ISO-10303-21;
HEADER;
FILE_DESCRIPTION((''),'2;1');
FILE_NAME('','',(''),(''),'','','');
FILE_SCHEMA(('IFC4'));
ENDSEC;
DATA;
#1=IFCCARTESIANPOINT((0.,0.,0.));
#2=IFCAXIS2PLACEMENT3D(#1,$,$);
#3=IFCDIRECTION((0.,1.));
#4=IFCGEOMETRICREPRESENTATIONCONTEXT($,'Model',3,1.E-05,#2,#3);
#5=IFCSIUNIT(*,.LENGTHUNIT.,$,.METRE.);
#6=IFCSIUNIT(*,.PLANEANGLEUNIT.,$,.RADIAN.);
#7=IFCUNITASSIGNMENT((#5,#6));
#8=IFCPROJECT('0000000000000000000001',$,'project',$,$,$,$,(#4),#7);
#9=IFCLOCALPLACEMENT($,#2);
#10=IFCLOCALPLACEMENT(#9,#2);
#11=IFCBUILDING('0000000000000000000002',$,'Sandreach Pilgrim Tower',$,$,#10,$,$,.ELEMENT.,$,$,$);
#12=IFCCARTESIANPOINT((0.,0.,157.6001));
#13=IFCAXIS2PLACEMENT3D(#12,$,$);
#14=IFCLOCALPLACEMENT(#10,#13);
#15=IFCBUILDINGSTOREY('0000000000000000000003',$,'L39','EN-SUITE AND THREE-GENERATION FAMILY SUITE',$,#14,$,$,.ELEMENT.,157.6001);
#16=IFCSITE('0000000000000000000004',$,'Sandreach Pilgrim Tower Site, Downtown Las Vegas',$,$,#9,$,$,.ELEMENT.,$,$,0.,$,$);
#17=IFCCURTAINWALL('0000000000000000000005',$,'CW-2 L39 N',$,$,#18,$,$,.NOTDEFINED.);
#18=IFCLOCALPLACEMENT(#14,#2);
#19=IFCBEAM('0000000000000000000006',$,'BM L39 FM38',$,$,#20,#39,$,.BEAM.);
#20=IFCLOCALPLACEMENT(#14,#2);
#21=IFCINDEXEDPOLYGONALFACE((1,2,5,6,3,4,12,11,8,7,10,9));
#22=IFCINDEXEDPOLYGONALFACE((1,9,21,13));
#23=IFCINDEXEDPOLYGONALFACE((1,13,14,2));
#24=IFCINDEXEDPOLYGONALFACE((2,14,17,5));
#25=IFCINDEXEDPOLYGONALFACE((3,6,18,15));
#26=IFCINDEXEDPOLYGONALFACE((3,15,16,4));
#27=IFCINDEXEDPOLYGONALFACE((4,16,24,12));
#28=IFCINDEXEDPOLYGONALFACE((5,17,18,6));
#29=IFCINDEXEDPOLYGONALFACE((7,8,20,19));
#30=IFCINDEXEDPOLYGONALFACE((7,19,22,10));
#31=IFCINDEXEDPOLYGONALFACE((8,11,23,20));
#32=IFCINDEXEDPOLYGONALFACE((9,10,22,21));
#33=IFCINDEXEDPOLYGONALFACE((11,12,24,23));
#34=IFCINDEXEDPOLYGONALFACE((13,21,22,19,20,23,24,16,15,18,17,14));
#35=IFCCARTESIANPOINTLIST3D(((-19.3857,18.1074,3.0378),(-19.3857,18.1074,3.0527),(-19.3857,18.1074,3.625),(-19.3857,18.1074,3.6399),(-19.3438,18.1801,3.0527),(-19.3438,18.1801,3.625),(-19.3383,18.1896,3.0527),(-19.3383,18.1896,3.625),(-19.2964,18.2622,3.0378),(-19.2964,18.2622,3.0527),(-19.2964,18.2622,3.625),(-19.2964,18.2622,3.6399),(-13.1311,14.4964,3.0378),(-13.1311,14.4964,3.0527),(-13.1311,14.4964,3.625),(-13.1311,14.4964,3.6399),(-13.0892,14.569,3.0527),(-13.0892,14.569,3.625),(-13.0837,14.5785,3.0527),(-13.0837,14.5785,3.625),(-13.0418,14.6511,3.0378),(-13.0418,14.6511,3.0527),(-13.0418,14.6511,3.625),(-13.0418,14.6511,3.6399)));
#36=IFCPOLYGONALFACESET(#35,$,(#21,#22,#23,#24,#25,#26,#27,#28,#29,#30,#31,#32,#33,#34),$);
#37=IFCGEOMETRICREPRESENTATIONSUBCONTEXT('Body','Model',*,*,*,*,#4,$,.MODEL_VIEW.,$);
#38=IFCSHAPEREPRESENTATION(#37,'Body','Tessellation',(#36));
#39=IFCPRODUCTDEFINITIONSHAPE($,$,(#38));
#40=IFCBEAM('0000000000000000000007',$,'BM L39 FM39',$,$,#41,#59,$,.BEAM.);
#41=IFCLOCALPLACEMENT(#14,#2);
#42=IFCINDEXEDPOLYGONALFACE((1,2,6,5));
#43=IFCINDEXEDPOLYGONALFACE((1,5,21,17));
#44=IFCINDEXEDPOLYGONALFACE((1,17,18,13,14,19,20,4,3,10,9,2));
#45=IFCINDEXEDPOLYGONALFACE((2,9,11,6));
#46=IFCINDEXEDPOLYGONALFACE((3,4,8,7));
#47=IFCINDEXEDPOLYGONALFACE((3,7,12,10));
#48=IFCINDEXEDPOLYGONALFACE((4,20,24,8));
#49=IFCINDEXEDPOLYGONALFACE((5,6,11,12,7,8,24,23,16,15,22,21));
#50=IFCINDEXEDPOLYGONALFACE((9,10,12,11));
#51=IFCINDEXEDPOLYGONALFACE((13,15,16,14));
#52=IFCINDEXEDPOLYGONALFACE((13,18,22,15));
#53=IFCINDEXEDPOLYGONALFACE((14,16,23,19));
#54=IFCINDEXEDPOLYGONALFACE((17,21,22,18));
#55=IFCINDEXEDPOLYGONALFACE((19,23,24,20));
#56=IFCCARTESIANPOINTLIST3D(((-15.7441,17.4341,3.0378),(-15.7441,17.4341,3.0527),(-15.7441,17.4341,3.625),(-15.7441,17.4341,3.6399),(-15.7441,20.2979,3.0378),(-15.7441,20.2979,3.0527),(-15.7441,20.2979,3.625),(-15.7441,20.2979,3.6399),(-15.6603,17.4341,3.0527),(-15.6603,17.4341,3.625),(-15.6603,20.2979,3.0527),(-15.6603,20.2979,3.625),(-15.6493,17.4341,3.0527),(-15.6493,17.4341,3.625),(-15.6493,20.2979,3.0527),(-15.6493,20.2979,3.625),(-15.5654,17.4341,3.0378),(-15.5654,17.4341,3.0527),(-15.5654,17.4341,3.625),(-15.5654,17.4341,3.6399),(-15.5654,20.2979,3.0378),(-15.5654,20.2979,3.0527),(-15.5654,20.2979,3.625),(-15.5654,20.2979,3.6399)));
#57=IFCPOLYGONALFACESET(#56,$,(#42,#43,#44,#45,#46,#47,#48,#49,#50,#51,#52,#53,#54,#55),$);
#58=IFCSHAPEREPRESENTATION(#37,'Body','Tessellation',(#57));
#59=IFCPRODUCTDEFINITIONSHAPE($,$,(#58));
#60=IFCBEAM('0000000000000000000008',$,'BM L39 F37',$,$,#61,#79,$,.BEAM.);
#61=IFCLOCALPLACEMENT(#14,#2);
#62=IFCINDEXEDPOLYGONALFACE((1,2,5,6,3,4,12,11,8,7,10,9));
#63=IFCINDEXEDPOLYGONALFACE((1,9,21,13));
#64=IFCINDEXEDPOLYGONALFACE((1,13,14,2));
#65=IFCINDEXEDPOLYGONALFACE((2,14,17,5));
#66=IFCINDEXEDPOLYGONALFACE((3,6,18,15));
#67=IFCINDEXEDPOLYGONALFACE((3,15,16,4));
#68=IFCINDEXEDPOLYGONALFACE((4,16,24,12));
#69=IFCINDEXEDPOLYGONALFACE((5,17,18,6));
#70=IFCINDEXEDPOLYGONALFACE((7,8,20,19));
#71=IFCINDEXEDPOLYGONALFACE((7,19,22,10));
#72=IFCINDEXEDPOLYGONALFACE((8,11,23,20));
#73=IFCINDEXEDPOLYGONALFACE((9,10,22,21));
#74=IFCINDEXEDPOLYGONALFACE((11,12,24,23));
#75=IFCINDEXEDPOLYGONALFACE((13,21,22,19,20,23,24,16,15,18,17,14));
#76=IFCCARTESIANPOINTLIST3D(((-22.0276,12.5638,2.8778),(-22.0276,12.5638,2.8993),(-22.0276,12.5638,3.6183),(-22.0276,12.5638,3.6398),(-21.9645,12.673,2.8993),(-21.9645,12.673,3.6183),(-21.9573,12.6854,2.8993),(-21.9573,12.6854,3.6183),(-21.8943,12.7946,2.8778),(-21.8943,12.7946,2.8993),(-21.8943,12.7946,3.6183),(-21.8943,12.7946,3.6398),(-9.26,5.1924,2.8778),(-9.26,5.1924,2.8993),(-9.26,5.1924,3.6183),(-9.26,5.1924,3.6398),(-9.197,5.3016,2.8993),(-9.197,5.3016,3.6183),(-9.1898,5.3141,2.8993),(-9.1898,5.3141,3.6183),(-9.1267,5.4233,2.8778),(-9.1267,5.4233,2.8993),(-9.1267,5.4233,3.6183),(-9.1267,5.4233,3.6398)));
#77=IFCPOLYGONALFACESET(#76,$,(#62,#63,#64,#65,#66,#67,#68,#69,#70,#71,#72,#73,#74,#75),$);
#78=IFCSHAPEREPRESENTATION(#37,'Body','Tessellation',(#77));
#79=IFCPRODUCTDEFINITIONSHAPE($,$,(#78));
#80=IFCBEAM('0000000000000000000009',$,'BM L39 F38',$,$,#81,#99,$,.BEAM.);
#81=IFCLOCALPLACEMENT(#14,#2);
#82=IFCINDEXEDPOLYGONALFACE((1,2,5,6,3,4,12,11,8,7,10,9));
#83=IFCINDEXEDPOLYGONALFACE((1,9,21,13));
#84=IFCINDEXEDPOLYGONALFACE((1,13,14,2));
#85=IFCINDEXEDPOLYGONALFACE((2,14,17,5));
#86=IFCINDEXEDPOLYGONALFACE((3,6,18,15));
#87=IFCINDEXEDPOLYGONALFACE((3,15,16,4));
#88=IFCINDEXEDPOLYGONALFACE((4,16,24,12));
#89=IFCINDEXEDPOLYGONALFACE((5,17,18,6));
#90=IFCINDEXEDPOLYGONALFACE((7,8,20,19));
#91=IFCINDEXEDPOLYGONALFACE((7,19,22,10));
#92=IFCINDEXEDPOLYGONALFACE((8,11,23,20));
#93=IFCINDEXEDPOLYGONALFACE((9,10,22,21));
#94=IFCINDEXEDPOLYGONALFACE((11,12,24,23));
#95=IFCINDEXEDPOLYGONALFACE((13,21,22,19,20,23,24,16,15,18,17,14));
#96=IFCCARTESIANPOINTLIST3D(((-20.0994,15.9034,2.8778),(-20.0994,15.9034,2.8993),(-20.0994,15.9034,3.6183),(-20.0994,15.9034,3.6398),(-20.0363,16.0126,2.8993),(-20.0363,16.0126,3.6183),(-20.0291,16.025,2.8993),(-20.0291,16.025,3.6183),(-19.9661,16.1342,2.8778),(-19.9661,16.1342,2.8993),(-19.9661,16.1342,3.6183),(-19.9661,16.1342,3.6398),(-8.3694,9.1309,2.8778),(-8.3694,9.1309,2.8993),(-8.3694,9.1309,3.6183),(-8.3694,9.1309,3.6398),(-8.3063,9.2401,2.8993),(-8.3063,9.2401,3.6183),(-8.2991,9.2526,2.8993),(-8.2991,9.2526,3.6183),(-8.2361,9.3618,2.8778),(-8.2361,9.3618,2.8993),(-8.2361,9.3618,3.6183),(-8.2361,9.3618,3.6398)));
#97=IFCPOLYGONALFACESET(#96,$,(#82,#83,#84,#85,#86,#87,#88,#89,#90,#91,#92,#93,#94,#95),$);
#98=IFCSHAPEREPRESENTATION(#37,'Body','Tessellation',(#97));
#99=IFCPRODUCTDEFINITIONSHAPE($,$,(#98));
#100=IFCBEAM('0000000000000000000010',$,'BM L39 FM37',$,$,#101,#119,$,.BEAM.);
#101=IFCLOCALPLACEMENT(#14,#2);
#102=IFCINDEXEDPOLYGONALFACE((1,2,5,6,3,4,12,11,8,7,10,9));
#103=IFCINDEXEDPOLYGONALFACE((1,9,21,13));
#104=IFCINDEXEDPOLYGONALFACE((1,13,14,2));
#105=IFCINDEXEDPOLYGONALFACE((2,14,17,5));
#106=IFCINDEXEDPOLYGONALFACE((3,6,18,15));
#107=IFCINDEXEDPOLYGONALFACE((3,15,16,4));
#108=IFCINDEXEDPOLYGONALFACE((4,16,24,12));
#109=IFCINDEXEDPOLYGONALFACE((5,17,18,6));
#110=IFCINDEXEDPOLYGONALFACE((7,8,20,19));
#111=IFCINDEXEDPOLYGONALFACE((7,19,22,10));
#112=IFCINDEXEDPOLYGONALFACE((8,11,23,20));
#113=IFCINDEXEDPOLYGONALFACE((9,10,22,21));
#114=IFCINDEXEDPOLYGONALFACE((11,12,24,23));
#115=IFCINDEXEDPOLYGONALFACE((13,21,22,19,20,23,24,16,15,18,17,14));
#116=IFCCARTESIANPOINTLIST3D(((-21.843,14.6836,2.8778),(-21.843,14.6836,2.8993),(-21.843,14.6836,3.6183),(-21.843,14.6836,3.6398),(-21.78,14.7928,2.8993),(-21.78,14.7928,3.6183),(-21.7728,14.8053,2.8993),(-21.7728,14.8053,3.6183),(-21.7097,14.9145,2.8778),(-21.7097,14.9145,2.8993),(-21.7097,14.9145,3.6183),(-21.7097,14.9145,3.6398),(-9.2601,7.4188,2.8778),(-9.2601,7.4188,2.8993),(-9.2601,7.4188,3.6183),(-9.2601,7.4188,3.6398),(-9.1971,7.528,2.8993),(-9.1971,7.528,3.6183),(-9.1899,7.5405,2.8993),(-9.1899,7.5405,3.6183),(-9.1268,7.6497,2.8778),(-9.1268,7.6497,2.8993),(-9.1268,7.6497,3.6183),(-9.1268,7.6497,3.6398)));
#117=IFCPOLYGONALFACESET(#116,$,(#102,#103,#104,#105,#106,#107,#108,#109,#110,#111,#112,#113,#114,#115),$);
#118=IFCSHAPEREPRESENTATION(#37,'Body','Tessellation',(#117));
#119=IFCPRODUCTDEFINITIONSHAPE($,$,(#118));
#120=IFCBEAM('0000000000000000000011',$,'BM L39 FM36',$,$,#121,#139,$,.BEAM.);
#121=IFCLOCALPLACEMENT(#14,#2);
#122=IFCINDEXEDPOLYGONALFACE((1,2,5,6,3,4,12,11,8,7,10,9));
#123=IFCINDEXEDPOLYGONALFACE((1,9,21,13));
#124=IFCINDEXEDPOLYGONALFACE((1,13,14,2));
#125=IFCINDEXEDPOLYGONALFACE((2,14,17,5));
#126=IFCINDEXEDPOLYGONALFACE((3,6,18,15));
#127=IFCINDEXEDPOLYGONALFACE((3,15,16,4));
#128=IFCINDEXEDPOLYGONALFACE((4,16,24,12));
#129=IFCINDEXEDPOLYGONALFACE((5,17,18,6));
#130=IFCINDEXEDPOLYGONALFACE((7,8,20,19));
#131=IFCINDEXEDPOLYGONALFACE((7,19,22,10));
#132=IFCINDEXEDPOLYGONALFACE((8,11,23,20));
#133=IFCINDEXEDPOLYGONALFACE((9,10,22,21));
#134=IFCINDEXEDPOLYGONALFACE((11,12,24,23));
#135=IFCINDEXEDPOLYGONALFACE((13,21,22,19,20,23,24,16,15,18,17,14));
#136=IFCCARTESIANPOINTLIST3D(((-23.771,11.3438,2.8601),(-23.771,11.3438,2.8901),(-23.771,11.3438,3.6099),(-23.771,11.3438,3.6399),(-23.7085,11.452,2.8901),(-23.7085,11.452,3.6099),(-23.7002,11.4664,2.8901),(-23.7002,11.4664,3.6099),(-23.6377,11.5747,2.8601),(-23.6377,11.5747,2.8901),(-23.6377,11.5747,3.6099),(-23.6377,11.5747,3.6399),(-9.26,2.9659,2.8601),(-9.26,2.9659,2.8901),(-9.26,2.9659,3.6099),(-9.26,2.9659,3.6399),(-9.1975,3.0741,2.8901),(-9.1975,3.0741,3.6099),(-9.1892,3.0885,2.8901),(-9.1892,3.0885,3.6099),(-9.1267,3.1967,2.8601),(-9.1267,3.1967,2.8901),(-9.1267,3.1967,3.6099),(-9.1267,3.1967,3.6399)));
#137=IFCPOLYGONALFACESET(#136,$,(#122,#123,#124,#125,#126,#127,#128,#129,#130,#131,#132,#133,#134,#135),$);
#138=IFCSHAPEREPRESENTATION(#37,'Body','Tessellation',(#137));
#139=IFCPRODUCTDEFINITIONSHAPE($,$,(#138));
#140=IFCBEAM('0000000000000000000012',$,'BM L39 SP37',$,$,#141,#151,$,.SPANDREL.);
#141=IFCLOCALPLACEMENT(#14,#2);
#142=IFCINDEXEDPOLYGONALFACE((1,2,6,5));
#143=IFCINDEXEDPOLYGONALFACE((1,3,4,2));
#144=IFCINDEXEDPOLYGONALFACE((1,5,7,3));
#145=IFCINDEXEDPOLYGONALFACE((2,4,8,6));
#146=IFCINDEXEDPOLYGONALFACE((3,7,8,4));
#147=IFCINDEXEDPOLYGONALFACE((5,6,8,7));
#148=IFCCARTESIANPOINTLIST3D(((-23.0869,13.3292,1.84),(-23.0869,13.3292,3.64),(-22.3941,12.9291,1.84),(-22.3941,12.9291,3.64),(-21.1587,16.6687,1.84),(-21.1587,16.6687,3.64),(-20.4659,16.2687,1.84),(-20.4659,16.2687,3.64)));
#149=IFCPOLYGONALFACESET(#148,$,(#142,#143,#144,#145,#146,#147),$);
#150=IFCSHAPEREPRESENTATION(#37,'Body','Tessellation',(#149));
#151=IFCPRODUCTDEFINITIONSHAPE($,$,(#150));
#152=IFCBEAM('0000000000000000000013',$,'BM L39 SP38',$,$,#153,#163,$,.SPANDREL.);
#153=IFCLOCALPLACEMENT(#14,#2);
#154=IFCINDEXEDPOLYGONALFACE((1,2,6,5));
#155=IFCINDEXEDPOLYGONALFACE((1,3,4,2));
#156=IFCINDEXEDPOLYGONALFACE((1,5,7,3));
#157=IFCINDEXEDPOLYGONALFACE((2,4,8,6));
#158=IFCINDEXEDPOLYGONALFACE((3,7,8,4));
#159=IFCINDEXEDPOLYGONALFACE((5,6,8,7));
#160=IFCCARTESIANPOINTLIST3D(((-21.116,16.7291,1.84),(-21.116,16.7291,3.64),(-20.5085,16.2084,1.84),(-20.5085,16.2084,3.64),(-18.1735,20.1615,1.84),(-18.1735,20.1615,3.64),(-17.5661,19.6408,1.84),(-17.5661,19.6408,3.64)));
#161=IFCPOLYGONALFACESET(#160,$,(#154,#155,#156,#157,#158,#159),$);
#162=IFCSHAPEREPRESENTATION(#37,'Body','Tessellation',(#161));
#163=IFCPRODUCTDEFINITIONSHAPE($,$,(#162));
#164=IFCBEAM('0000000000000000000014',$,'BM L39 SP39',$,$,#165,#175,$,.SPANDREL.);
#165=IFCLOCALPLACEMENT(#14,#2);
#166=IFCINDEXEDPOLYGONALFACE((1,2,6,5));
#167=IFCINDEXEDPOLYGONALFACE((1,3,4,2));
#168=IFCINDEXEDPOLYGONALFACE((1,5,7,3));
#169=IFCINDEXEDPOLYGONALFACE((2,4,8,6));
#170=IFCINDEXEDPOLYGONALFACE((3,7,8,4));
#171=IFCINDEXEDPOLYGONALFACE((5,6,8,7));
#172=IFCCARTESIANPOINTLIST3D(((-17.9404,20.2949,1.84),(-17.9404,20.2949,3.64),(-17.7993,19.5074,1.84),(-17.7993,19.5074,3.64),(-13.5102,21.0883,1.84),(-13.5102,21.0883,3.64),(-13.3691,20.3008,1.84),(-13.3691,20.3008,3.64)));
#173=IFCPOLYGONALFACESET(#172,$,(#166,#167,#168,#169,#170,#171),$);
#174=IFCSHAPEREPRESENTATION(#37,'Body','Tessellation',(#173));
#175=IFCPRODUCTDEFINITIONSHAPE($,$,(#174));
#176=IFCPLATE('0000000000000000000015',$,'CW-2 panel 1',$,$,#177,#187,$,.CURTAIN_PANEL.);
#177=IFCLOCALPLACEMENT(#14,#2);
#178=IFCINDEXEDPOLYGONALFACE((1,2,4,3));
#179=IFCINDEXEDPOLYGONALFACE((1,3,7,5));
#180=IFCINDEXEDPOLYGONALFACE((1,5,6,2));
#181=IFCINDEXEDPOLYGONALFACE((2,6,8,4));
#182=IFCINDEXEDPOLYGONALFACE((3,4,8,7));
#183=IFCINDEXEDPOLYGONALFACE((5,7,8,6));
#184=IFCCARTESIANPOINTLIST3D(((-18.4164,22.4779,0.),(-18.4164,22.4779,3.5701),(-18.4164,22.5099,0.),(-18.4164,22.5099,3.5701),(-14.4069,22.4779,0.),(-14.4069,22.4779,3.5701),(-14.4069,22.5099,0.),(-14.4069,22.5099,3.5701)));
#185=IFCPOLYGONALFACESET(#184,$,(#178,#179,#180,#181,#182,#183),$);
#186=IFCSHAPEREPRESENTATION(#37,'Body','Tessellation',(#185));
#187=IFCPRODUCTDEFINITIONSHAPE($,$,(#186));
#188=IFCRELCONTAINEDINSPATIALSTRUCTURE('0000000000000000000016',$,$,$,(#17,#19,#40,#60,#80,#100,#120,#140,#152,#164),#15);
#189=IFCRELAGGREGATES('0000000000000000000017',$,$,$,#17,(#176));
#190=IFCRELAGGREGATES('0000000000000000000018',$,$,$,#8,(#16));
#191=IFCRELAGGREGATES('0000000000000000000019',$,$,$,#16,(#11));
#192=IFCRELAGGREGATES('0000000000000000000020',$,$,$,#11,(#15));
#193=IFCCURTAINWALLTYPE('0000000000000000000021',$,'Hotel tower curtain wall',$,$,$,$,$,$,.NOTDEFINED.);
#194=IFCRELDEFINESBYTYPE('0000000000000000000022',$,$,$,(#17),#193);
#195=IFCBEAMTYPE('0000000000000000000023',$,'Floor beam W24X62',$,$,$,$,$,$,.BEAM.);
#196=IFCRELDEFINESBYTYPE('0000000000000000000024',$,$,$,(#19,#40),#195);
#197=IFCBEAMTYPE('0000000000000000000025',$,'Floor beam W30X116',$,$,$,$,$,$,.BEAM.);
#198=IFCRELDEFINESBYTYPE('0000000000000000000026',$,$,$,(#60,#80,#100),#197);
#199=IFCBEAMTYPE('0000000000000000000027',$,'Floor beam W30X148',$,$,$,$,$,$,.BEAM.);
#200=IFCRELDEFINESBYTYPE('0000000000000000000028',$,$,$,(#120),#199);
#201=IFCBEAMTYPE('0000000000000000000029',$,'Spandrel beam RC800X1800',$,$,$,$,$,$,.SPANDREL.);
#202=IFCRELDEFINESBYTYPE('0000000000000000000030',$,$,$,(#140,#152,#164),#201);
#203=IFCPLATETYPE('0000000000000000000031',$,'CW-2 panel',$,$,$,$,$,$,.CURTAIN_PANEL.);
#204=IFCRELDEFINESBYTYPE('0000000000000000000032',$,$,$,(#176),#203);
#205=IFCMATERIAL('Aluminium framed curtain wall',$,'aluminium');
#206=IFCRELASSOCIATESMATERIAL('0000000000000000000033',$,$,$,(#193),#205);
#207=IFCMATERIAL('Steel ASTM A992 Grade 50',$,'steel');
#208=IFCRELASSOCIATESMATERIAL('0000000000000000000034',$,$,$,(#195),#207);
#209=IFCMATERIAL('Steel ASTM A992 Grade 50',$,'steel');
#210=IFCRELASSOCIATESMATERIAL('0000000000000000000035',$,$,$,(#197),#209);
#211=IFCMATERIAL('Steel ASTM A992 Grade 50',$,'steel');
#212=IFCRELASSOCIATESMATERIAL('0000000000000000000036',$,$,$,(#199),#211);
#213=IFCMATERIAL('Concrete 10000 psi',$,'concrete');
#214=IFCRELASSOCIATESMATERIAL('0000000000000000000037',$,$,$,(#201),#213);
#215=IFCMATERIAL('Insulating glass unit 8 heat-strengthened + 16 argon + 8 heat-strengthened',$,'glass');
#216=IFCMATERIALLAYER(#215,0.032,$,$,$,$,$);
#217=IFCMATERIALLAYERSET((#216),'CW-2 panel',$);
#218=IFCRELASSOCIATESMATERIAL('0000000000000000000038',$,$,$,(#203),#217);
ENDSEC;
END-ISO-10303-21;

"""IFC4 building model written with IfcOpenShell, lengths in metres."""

from ifc_helpers import new_model, si_unit, direction, frame, origin, origin_2d, place, context, subcontext, project, spatial, rectangle, i_section, extrude, material, layer, layer_set, material_profile, profile_set, type_object, element, aggregate, save


model = new_model("IFC4")

# Units and contexts
model_context = context("Model", 3, precision=1e-05, world=origin(), true_north=direction((0.0, 1.0)))
body_context = subcontext(model_context, "Body", "Model", "MODEL_VIEW")
ifc_project = project(units=[si_unit("LENGTHUNIT", "METRE"), si_unit("PLANEANGLEUNIT", "RADIAN")], contexts=[model_context])

# Site, building, storey
site_placement = place(None, origin())
site = spatial("IfcSite", under=ifc_project, at=site_placement, Name="Sandreach Pilgrim Tower Site, Downtown Las Vegas", CompositionType="ELEMENT", RefElevation=0.0)
building_placement = place(site_placement, origin())
building = spatial("IfcBuilding", under=site, at=building_placement, Name="Sandreach Pilgrim Tower", CompositionType="ELEMENT")
storey_placement = place(building_placement, frame((0.0, 0.0, 157.6001)))
storey = spatial("IfcBuildingStorey", under=building, at=storey_placement, Name="L39", Description="EN-SUITE AND THREE-GENERATION FAMILY SUITE", CompositionType="ELEMENT", Elevation=157.6001)

# Curtain wall
ifc_material_1 = material(Name="Aluminium framed curtain wall", Category="aluminium")
curtain_wall_type = type_object("IfcCurtainWallType", Name="Hotel tower curtain wall", PredefinedType="NOTDEFINED", material=ifc_material_1)
curtain_wall_1_placement = place(storey_placement, origin())
curtain_wall_1 = element("IfcCurtainWall", 1, at=curtain_wall_1_placement, inside=storey, type_object=curtain_wall_type, Name="CW-2 L39 N", PredefinedType="NOTDEFINED")

# Beams
ifc_material_2 = material(Name="Steel ASTM A992 Grade 50", Category="steel")
ifc_material_profile_1 = material_profile(ifc_material_2, i_section(OverallWidth=0.1787, OverallDepth=0.6021, WebThickness=0.011, FlangeThickness=0.0149, at=origin_2d()), Name="W24X62")
ifc_profile_set_1 = profile_set([ifc_material_profile_1], Name="Steel ASTM A992 Grade 50")
beam_type_1 = type_object("IfcBeamType", Name="Floor beam W24X62", PredefinedType="BEAM", material=ifc_profile_set_1)
beam_1_placement = place(storey_placement, frame((-19.3411, 18.1848, 3.3389), z_axis=(0.866027, -0.499997, 0.0), x_axis=(0.499997, 0.866027, 0.0)))
element("IfcBeam", 2, at=beam_1_placement, inside=storey, type_object=beam_type_1, Name="BM L39 FM38", PredefinedType="BEAM", context=body_context, shape_type="SweptSolid", body=[
    extrude(i_section(OverallWidth=0.1787, OverallDepth=0.6021, WebThickness=0.011, FlangeThickness=0.0149, at=origin_2d()), origin(), (0.0, 0.0, 1.0), 7.2222),
])
beam_2_placement = place(storey_placement, frame((-15.6548, 20.2979, 3.3389), z_axis=(0.0, -1.0, 0.0), x_axis=(1.0, 0.0, 0.0)))
element("IfcBeam", 3, at=beam_2_placement, inside=storey, type_object=beam_type_1, Name="BM L39 FM39", PredefinedType="BEAM", context=body_context, shape_type="SweptSolid", body=[
    extrude(i_section(OverallWidth=0.1787, OverallDepth=0.6021, WebThickness=0.011, FlangeThickness=0.0149, at=origin_2d()), origin(), (0.0, 0.0, 1.0), 2.8638),
])
ifc_material_3 = material(Name="Steel ASTM A992 Grade 50", Category="steel")
ifc_material_profile_2 = material_profile(ifc_material_3, i_section(OverallWidth=0.2666, OverallDepth=0.762, WebThickness=0.0144, FlangeThickness=0.0215, at=origin_2d()), Name="W30X116")
ifc_profile_set_2 = profile_set([ifc_material_profile_2], Name="Steel ASTM A992 Grade 50")
beam_type_2 = type_object("IfcBeamType", Name="Floor beam W30X116", PredefinedType="BEAM", material=ifc_profile_set_2)
beam_3_placement = place(storey_placement, frame((-21.9609, 12.6792, 3.2588), z_axis=(0.866026, -0.499999, 0.0), x_axis=(0.499999, 0.866026, 0.0)))
element("IfcBeam", 4, at=beam_3_placement, inside=storey, type_object=beam_type_2, Name="BM L39 F37", PredefinedType="BEAM", context=body_context, shape_type="SweptSolid", body=[
    extrude(i_section(OverallWidth=0.2666, OverallDepth=0.762, WebThickness=0.0144, FlangeThickness=0.0215, at=origin_2d()), origin(), (0.0, 0.0, 1.0), 14.7427),
])
beam_4_placement = place(storey_placement, frame((-20.0327, 16.0188, 3.2588), z_axis=(0.86602, -0.500009, 0.0), x_axis=(0.500009, 0.86602, 0.0)))
element("IfcBeam", 5, at=beam_4_placement, inside=storey, type_object=beam_type_2, Name="BM L39 F38", PredefinedType="BEAM", context=body_context, shape_type="SweptSolid", body=[
    extrude(i_section(OverallWidth=0.2666, OverallDepth=0.762, WebThickness=0.0144, FlangeThickness=0.0215, at=origin_2d()), origin(), (0.0, 0.0, 1.0), 13.5447),
])
beam_5_placement = place(storey_placement, frame((-21.7764, 14.7991, 3.2588), z_axis=(0.866023, -0.500005, 0.0), x_axis=(0.500005, 0.866023, 0.0)))
element("IfcBeam", 6, at=beam_5_placement, inside=storey, type_object=beam_type_2, Name="BM L39 FM37", PredefinedType="BEAM", context=body_context, shape_type="SweptSolid", body=[
    extrude(i_section(OverallWidth=0.2666, OverallDepth=0.762, WebThickness=0.0144, FlangeThickness=0.0215, at=origin_2d()), origin(), (0.0, 0.0, 1.0), 14.5295),
])
ifc_material_4 = material(Name="Steel ASTM A992 Grade 50", Category="steel")
ifc_material_profile_3 = material_profile(ifc_material_4, i_section(OverallWidth=0.2666, OverallDepth=0.7798, WebThickness=0.0166, FlangeThickness=0.03, at=origin_2d()), Name="W30X148")
ifc_profile_set_3 = profile_set([ifc_material_profile_3], Name="Steel ASTM A992 Grade 50")
beam_type_3 = type_object("IfcBeamType", Name="Floor beam W30X148", PredefinedType="BEAM", material=ifc_profile_set_3)
beam_6_placement = place(storey_placement, frame((-23.7043, 11.4592, 3.25), z_axis=(0.866025, -0.5, 0.0), x_axis=(0.5, 0.866025, 0.0)))
element("IfcBeam", 7, at=beam_6_placement, inside=storey, type_object=beam_type_3, Name="BM L39 FM36", PredefinedType="BEAM", context=body_context, shape_type="SweptSolid", body=[
    extrude(i_section(OverallWidth=0.2666, OverallDepth=0.7798, WebThickness=0.0166, FlangeThickness=0.03, at=origin_2d()), origin(), (0.0, 0.0, 1.0), 16.7559),
])
ifc_material_5 = material(Name="Concrete 10000 psi", Category="concrete")
ifc_material_profile_4 = material_profile(ifc_material_5, rectangle(XDim=0.8, YDim=1.8, at=origin_2d()), Name="RC800X1800")
ifc_profile_set_4 = profile_set([ifc_material_profile_4], Name="Concrete 10000 psi")
beam_type_4 = type_object("IfcBeamType", Name="Spandrel beam RC800X1800", PredefinedType="SPANDREL", material=ifc_profile_set_4)
beam_7_placement = place(storey_placement, frame((-22.7405, 13.1292, 2.74), z_axis=(0.50002, 0.866014, 0.0), x_axis=(-0.866014, 0.50002, 0.0)))
element("IfcBeam", 8, at=beam_7_placement, inside=storey, type_object=beam_type_4, Name="BM L39 SP37", PredefinedType="SPANDREL", context=body_context, shape_type="SweptSolid", body=[
    extrude(rectangle(XDim=0.8, YDim=1.8, at=origin_2d()), origin(), (0.0, 0.0, 1.0), 3.8562),
])
beam_8_placement = place(storey_placement, frame((-20.8123, 16.4688, 2.74), z_axis=(0.650836, 0.759218, 0.0), x_axis=(-0.759218, 0.650836, 0.0)))
element("IfcBeam", 9, at=beam_8_placement, inside=storey, type_object=beam_type_4, Name="BM L39 SP38", PredefinedType="SPANDREL", context=body_context, shape_type="SweptSolid", body=[
    extrude(rectangle(XDim=0.8, YDim=1.8, at=origin_2d()), origin(), (0.0, 0.0, 1.0), 4.521),
])
beam_9_placement = place(storey_placement, frame((-17.8699, 19.9011, 2.74), z_axis=(0.984337, 0.176298, 0.0), x_axis=(-0.176298, 0.984337, 0.0)))
element("IfcBeam", 10, at=beam_9_placement, inside=storey, type_object=beam_type_4, Name="BM L39 SP39", PredefinedType="SPANDREL", context=body_context, shape_type="SweptSolid", body=[
    extrude(rectangle(XDim=0.8, YDim=1.8, at=origin_2d()), origin(), (0.0, 0.0, 1.0), 4.5007),
])

# Plate
ifc_material_6 = material(Name="Insulating glass unit 8 heat-strengthened + 16 argon + 8 heat-strengthened", Category="glass")
ifc_layer_1 = layer(ifc_material_6, 0.032)
ifc_layer_set_1 = layer_set([ifc_layer_1], Name="CW-2 panel")
plate_type = type_object("IfcPlateType", Name="CW-2 panel", PredefinedType="CURTAIN_PANEL", material=ifc_layer_set_1)
plate_1_placement = place(storey_placement, frame((-16.4116, 22.4939, 0.0), z_axis=(0.0, 0.0, 1.0), x_axis=(1.0, 0.0, 0.0)))
plate_1 = element("IfcPlate", 11, at=plate_1_placement, type_object=plate_type, Name="CW-2 panel 1", PredefinedType="CURTAIN_PANEL", context=body_context, shape_type="SweptSolid", body=[
    extrude(rectangle(XDim=4.0095, YDim=0.032, at=origin_2d()), origin(), (0.0, 0.0, 1.0), 3.5701),
])
aggregate(curtain_wall_1, [plate_1])

save(model, "model.ifc")
